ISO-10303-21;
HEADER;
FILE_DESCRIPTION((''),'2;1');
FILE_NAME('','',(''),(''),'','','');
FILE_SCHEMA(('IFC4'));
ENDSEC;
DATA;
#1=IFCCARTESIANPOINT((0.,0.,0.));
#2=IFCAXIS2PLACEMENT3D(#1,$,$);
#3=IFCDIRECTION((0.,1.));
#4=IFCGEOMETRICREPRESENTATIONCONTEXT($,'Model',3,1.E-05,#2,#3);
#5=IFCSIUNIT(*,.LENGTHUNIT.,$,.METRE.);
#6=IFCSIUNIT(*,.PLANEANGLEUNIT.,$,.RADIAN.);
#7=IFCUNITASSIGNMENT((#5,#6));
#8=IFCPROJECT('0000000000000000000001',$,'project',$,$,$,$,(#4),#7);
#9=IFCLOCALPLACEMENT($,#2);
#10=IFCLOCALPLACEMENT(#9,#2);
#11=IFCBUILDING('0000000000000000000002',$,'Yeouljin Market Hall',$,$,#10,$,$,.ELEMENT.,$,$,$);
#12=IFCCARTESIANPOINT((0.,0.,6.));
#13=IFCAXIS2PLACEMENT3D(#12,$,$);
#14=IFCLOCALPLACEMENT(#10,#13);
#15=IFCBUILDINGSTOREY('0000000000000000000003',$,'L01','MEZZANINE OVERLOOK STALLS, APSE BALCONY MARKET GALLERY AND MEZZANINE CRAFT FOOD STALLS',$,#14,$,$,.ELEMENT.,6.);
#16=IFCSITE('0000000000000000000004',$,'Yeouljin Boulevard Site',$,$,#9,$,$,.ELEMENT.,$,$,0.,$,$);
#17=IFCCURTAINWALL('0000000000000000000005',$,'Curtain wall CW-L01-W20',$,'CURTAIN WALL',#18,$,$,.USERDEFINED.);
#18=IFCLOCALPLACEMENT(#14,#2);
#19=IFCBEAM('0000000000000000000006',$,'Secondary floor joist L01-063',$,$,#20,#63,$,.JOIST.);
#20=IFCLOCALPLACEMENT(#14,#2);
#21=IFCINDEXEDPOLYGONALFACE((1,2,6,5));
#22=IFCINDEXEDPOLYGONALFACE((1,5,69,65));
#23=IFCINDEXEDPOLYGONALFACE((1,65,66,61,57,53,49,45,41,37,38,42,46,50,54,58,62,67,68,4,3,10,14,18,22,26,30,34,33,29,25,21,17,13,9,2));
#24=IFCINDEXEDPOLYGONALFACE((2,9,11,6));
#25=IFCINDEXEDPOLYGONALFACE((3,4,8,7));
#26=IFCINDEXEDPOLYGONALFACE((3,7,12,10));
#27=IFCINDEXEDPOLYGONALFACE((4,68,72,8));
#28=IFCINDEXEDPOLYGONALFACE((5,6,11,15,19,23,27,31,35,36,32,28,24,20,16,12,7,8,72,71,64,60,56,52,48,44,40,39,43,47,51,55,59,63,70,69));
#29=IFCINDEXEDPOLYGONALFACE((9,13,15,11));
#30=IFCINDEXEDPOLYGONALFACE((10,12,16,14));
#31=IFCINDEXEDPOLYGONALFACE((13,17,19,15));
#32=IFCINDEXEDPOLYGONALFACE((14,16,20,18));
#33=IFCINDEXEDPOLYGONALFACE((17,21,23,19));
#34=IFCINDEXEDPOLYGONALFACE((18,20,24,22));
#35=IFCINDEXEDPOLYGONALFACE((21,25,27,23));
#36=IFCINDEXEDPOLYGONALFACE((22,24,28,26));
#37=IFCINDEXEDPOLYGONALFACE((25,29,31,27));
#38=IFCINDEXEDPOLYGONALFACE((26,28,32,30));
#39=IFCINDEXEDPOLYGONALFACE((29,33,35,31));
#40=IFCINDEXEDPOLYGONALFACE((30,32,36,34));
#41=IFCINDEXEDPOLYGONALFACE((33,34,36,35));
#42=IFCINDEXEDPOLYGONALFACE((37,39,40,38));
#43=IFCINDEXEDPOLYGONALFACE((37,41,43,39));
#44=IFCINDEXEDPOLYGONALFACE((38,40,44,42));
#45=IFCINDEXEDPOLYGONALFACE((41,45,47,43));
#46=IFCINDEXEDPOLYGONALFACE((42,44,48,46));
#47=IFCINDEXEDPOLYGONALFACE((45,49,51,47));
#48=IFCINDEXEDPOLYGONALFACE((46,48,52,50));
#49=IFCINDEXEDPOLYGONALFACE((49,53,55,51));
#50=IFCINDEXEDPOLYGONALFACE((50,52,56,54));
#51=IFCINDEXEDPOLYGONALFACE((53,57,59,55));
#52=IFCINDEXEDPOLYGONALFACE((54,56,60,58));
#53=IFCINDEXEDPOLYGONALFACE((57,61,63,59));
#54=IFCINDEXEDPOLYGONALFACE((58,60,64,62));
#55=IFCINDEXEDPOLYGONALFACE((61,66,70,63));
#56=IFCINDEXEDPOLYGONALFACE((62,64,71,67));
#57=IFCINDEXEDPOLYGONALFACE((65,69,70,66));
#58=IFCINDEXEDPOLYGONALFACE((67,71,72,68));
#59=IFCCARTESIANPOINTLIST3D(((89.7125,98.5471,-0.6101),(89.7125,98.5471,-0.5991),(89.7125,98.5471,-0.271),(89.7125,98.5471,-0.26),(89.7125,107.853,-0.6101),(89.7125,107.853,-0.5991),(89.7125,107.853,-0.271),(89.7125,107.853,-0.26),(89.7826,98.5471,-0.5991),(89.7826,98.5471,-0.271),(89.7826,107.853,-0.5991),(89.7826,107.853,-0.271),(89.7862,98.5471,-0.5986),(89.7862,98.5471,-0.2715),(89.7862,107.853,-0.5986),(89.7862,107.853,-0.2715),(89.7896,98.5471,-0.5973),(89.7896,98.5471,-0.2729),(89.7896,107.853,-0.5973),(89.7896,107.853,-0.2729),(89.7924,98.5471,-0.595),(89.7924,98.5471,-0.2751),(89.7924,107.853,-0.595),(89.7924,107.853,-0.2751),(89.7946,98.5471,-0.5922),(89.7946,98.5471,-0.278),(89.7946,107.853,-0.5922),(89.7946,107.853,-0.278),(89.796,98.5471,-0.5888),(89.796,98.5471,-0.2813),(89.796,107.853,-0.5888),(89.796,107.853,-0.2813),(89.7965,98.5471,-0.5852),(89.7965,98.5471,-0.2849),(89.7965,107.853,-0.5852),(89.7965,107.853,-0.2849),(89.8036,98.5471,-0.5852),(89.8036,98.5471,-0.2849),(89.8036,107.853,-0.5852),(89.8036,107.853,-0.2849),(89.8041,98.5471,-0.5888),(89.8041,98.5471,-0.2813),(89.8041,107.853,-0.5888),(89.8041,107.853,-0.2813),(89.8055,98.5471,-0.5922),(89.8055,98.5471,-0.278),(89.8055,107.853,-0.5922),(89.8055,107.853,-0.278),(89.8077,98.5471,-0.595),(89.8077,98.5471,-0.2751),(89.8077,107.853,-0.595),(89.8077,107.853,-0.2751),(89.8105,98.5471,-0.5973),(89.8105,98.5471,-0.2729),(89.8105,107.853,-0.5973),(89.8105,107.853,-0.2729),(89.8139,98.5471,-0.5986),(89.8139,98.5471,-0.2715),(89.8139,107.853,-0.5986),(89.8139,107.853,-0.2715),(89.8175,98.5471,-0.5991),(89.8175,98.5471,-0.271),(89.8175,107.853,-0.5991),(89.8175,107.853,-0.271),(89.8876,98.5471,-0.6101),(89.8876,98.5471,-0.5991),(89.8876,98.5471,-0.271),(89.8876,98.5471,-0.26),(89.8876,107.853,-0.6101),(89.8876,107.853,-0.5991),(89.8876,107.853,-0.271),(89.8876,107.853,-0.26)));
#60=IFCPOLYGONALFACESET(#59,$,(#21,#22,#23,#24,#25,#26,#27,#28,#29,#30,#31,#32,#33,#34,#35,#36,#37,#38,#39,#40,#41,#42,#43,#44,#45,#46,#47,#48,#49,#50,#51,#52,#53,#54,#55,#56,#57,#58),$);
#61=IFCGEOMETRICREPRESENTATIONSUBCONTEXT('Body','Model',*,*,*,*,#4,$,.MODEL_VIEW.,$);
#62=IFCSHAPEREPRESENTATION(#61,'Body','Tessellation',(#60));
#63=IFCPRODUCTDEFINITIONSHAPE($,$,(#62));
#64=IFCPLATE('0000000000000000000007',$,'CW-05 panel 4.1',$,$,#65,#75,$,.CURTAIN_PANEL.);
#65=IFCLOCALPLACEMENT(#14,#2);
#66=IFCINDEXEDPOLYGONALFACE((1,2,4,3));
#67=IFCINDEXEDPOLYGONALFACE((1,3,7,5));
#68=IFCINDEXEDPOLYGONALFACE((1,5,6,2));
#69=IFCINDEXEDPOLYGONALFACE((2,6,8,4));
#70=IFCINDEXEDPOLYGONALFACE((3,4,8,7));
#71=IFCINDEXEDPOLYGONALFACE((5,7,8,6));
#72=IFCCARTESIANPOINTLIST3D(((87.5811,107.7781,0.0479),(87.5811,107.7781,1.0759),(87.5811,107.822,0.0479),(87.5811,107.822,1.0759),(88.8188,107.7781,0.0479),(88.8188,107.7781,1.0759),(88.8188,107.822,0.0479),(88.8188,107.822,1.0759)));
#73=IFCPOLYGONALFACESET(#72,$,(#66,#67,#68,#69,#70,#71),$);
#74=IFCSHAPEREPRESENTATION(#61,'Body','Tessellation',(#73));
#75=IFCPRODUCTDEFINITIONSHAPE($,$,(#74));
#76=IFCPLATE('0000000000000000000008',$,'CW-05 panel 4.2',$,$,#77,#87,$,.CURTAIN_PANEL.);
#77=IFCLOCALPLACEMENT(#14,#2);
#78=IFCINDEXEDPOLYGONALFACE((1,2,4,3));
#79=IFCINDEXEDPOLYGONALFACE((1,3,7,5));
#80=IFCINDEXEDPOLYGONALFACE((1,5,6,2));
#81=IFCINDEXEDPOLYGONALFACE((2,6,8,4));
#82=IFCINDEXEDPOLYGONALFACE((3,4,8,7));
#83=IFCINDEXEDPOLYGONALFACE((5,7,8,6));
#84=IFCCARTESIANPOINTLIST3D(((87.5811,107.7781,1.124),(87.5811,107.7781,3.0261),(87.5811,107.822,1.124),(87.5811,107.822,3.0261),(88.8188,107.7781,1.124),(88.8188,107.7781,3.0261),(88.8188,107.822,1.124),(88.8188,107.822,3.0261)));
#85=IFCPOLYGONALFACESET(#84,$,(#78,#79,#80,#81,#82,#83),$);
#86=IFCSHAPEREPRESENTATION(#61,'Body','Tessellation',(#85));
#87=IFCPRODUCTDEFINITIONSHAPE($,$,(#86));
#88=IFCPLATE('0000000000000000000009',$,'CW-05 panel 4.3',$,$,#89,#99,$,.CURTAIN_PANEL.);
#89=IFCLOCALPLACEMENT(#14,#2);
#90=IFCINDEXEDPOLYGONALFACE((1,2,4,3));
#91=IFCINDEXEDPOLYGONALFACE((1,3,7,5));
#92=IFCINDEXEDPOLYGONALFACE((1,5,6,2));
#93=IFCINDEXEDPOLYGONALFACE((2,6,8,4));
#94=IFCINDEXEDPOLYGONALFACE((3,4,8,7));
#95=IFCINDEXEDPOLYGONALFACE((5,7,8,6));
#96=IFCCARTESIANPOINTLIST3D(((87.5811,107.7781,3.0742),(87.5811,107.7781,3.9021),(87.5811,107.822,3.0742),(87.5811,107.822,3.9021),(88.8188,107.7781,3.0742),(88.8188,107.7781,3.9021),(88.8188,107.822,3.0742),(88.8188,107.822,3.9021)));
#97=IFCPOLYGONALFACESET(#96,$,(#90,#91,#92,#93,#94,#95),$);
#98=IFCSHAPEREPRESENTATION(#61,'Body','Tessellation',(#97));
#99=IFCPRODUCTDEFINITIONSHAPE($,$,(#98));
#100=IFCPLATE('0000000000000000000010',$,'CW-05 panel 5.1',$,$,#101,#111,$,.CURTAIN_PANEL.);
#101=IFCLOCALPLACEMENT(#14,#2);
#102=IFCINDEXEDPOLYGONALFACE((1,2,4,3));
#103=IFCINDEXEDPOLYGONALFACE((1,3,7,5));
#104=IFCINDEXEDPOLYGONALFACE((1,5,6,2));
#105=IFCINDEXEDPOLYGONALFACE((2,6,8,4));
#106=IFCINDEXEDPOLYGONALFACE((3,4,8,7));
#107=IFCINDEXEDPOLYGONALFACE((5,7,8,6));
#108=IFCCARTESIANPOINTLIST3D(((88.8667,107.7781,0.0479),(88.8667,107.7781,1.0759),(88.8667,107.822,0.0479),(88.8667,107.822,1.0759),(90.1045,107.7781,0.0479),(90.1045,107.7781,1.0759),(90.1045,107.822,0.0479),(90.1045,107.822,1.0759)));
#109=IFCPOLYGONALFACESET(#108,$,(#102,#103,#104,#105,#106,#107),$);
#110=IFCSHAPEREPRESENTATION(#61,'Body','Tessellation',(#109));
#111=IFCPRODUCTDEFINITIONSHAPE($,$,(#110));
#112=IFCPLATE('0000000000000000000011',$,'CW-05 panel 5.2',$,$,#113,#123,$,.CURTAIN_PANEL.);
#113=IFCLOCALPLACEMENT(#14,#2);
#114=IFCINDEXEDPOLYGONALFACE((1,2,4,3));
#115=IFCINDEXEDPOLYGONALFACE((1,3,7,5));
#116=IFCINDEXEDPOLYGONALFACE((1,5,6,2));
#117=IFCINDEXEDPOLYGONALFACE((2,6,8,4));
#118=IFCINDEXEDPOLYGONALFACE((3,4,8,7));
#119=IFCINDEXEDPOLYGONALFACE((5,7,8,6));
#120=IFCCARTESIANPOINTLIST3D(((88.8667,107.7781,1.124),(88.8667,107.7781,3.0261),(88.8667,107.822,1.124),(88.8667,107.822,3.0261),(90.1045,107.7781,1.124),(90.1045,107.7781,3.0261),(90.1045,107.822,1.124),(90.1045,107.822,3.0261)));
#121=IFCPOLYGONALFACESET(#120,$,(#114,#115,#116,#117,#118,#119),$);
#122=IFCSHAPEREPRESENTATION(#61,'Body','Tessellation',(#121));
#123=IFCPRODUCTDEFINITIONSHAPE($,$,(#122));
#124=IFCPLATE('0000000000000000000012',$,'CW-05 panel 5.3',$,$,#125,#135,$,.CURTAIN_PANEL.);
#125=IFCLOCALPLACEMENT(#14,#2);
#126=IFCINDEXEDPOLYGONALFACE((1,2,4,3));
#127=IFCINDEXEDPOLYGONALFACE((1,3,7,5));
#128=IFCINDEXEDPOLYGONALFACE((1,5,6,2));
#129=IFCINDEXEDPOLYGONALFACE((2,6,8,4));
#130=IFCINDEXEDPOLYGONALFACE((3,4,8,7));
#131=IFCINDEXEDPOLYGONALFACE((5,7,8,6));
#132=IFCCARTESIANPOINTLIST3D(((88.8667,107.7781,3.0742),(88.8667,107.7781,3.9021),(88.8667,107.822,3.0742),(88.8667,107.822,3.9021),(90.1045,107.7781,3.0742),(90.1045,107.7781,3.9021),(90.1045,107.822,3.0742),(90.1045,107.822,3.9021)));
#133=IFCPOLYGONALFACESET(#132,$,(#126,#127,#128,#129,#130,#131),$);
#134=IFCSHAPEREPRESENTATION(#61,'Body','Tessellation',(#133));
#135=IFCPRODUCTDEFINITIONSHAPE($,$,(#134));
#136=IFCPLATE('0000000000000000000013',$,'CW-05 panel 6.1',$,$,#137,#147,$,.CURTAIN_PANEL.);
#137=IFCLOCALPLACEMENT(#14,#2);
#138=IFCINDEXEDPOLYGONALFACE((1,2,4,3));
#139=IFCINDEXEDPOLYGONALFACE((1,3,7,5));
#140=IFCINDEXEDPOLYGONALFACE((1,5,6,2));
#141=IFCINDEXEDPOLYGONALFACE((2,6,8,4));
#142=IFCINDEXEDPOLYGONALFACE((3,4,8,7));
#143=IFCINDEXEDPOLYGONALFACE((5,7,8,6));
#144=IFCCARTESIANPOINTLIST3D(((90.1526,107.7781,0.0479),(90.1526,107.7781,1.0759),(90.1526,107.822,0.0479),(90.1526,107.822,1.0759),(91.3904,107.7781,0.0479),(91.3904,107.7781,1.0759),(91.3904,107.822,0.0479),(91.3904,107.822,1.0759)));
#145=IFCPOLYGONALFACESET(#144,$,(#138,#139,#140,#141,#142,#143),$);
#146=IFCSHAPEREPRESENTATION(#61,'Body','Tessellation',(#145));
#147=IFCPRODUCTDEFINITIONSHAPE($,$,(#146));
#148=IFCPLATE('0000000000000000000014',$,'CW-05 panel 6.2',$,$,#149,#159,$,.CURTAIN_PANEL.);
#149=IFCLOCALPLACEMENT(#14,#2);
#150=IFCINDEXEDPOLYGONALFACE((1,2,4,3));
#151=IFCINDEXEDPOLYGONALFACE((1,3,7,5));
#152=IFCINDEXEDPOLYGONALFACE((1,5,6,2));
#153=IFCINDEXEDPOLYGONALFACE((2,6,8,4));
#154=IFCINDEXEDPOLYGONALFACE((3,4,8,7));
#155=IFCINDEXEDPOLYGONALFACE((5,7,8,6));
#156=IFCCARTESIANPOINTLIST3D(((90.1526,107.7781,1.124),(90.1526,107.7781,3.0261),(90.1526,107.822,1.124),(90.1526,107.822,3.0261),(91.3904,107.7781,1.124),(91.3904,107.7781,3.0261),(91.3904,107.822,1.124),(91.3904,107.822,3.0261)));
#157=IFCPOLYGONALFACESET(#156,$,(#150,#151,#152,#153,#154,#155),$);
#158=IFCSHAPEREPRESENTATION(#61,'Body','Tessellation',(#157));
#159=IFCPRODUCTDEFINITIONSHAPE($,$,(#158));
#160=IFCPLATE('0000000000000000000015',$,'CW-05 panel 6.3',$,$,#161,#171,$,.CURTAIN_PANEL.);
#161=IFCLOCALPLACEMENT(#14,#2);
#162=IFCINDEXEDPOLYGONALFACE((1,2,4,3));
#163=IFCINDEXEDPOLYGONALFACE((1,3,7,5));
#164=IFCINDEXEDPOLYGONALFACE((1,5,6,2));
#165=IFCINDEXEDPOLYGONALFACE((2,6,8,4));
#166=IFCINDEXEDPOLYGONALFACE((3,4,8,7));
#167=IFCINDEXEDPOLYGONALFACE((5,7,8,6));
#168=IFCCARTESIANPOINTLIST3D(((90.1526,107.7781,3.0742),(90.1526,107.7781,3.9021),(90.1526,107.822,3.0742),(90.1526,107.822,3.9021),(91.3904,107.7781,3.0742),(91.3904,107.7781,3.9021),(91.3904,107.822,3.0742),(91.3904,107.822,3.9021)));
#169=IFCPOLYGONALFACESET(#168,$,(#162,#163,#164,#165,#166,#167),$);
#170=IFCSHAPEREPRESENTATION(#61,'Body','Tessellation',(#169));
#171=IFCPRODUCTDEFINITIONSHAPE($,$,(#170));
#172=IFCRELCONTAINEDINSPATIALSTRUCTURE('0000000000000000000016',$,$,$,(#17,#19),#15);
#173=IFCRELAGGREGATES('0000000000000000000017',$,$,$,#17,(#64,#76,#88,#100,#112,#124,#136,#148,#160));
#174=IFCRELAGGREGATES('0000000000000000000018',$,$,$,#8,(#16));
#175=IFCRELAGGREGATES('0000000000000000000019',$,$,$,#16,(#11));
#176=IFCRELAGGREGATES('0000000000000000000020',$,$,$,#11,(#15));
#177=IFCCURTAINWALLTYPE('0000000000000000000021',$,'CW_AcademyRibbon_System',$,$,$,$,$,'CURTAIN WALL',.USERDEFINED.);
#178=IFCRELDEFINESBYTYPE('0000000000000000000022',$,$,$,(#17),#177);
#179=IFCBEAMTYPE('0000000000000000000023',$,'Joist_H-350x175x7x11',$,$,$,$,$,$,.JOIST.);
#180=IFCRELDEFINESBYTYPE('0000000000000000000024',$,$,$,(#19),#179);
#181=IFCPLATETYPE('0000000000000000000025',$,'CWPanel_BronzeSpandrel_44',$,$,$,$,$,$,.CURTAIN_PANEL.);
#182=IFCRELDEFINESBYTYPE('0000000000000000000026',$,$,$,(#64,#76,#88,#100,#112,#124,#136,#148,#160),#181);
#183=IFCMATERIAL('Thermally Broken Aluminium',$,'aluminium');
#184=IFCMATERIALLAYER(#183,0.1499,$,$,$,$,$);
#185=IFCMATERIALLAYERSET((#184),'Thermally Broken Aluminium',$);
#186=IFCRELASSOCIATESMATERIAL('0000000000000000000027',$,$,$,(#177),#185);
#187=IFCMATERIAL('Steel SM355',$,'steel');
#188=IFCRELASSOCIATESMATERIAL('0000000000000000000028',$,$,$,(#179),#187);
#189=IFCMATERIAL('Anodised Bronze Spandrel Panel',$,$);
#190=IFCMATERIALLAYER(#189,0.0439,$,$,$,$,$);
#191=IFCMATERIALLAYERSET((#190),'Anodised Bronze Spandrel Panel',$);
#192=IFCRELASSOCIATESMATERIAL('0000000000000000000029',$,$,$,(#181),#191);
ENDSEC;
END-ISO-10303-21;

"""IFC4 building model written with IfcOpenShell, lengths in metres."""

from ifc_helpers import new_model, si_unit, direction, frame, origin, origin_2d, place, context, subcontext, project, spatial, rectangle, i_section, extrude, material, layer, layer_set, material_profile, profile_set, type_object, element, aggregate, save


model = new_model("IFC4")

# Units and contexts
model_context = context("Model", 3, precision=1e-05, world=origin(), true_north=direction((0.0, 1.0)))
body_context = subcontext(model_context, "Body", "Model", "MODEL_VIEW")
ifc_project = project(units=[si_unit("LENGTHUNIT", "METRE"), si_unit("PLANEANGLEUNIT", "RADIAN")], contexts=[model_context])

# Site, building, storey
site_placement = place(None, origin())
site = spatial("IfcSite", under=ifc_project, at=site_placement, Name="Yeouljin Boulevard Site", CompositionType="ELEMENT", RefElevation=0.0)
building_placement = place(site_placement, origin())
building = spatial("IfcBuilding", under=site, at=building_placement, Name="Yeouljin Market Hall", CompositionType="ELEMENT")
storey_placement = place(building_placement, frame((0.0, 0.0, 6.0)))
storey = spatial("IfcBuildingStorey", under=building, at=storey_placement, Name="L01", Description="MEZZANINE OVERLOOK STALLS, APSE BALCONY MARKET GALLERY AND MEZZANINE CRAFT FOOD STALLS", CompositionType="ELEMENT", Elevation=6.0)

# Curtain wall
ifc_material_1 = material(Name="Thermally Broken Aluminium", Category="aluminium")
ifc_layer_1 = layer(ifc_material_1, 0.1499)
ifc_layer_set_1 = layer_set([ifc_layer_1], Name="Thermally Broken Aluminium")
curtain_wall_type = type_object("IfcCurtainWallType", Name="CW_AcademyRibbon_System", ElementType="CURTAIN WALL", PredefinedType="USERDEFINED", material=ifc_layer_set_1)
curtain_wall_placement = place(storey_placement, origin())
curtain_wall = element("IfcCurtainWall", 1, at=curtain_wall_placement, inside=storey, type_object=curtain_wall_type, Name="Curtain wall CW-L01-W20", ObjectType="CURTAIN WALL", PredefinedType="USERDEFINED")

# Beam
ifc_material_2 = material(Name="Steel SM355", Category="steel")
ifc_material_profile_1 = material_profile(ifc_material_2, i_section(OverallWidth=0.175, OverallDepth=0.3501, WebThickness=0.0071, FlangeThickness=0.011, FilletRadius=0.0139, at=origin_2d()), Name="H-350x175x7x11")
ifc_profile_set_1 = profile_set([ifc_material_profile_1], Name="Steel SM355")
beam_type = type_object("IfcBeamType", Name="Joist_H-350x175x7x11", PredefinedType="JOIST", material=ifc_profile_set_1)
beam_placement = place(storey_placement, frame((89.8, 98.5471, -0.4351), z_axis=(0.0, 1.0, 0.0), x_axis=(-1.0, 0.0, 0.0)))
element("IfcBeam", 2, at=beam_placement, inside=storey, type_object=beam_type, Name="Secondary floor joist L01-063", PredefinedType="JOIST", context=body_context, shape_type="SweptSolid", body=[
    extrude(i_section(OverallWidth=0.175, OverallDepth=0.3501, WebThickness=0.0071, FlangeThickness=0.011, FilletRadius=0.0139, at=origin_2d()), origin(), (0.0, 0.0, 1.0), 9.3059),
])

# Plates
ifc_material_3 = material(Name="Anodised Bronze Spandrel Panel")
ifc_layer_2 = layer(ifc_material_3, 0.0439)
ifc_layer_set_2 = layer_set([ifc_layer_2], Name="Anodised Bronze Spandrel Panel")
plate_type = type_object("IfcPlateType", Name="CWPanel_BronzeSpandrel_44", PredefinedType="CURTAIN_PANEL", material=ifc_layer_set_2)
plate_1_placement = place(storey_placement, frame((88.2, 107.8, 0.0479), z_axis=(0.0, 0.0, 1.0), x_axis=(1.0, 0.0, 0.0)))
plate_1 = element("IfcPlate", 3, at=plate_1_placement, type_object=plate_type, Name="CW-05 panel 4.1", PredefinedType="CURTAIN_PANEL", context=body_context, shape_type="SweptSolid", body=[
    extrude(rectangle(XDim=1.2378, YDim=0.0439, at=origin_2d()), origin(), (0.0, 0.0, 1.0), 1.0281),
])
plate_2_placement = place(storey_placement, frame((88.2, 107.8, 1.124), z_axis=(0.0, 0.0, 1.0), x_axis=(1.0, 0.0, 0.0)))
plate_2 = element("IfcPlate", 4, at=plate_2_placement, type_object=plate_type, Name="CW-05 panel 4.2", PredefinedType="CURTAIN_PANEL", context=body_context, shape_type="SweptSolid", body=[
    extrude(rectangle(XDim=1.2378, YDim=0.0439, at=origin_2d()), origin(), (0.0, 0.0, 1.0), 1.9021),
])
plate_3_placement = place(storey_placement, frame((88.2, 107.8, 3.0742), z_axis=(0.0, 0.0, 1.0), x_axis=(1.0, 0.0, 0.0)))
plate_3 = element("IfcPlate", 5, at=plate_3_placement, type_object=plate_type, Name="CW-05 panel 4.3", PredefinedType="CURTAIN_PANEL", context=body_context, shape_type="SweptSolid", body=[
    extrude(rectangle(XDim=1.2378, YDim=0.0439, at=origin_2d()), origin(), (0.0, 0.0, 1.0), 0.8279),
])
plate_4_placement = place(storey_placement, frame((89.4856, 107.8, 0.0479), z_axis=(0.0, 0.0, 1.0), x_axis=(1.0, 0.0, 0.0)))
plate_4 = element("IfcPlate", 6, at=plate_4_placement, type_object=plate_type, Name="CW-05 panel 5.1", PredefinedType="CURTAIN_PANEL", context=body_context, shape_type="SweptSolid", body=[
    extrude(rectangle(XDim=1.2378, YDim=0.0439, at=origin_2d()), origin(), (0.0, 0.0, 1.0), 1.0281),
])
plate_5_placement = place(storey_placement, frame((89.4856, 107.8, 1.124), z_axis=(0.0, 0.0, 1.0), x_axis=(1.0, 0.0, 0.0)))
plate_5 = element("IfcPlate", 7, at=plate_5_placement, type_object=plate_type, Name="CW-05 panel 5.2", PredefinedType="CURTAIN_PANEL", context=body_context, shape_type="SweptSolid", body=[
    extrude(rectangle(XDim=1.2378, YDim=0.0439, at=origin_2d()), origin(), (0.0, 0.0, 1.0), 1.9021),
])
plate_6_placement = place(storey_placement, frame((89.4856, 107.8, 3.0742), z_axis=(0.0, 0.0, 1.0), x_axis=(1.0, 0.0, 0.0)))
plate_6 = element("IfcPlate", 8, at=plate_6_placement, type_object=plate_type, Name="CW-05 panel 5.3", PredefinedType="CURTAIN_PANEL", context=body_context, shape_type="SweptSolid", body=[
    extrude(rectangle(XDim=1.2378, YDim=0.0439, at=origin_2d()), origin(), (0.0, 0.0, 1.0), 0.8279),
])
plate_7_placement = place(storey_placement, frame((90.7715, 107.8, 0.0479), z_axis=(0.0, 0.0, 1.0), x_axis=(1.0, 0.0, 0.0)))
plate_7 = element("IfcPlate", 9, at=plate_7_placement, type_object=plate_type, Name="CW-05 panel 6.1", PredefinedType="CURTAIN_PANEL", context=body_context, shape_type="SweptSolid", body=[
    extrude(rectangle(XDim=1.2378, YDim=0.0439, at=origin_2d()), origin(), (0.0, 0.0, 1.0), 1.0281),
])
plate_8_placement = place(storey_placement, frame((90.7715, 107.8, 1.124), z_axis=(0.0, 0.0, 1.0), x_axis=(1.0, 0.0, 0.0)))
plate_8 = element("IfcPlate", 10, at=plate_8_placement, type_object=plate_type, Name="CW-05 panel 6.2", PredefinedType="CURTAIN_PANEL", context=body_context, shape_type="SweptSolid", body=[
    extrude(rectangle(XDim=1.2378, YDim=0.0439, at=origin_2d()), origin(), (0.0, 0.0, 1.0), 1.9021),
])
plate_9_placement = place(storey_placement, frame((90.7715, 107.8, 3.0742), z_axis=(0.0, 0.0, 1.0), x_axis=(1.0, 0.0, 0.0)))
plate_9 = element("IfcPlate", 11, at=plate_9_placement, type_object=plate_type, Name="CW-05 panel 6.3", PredefinedType="CURTAIN_PANEL", context=body_context, shape_type="SweptSolid", body=[
    extrude(rectangle(XDim=1.2378, YDim=0.0439, at=origin_2d()), origin(), (0.0, 0.0, 1.0), 0.8279),
])
aggregate(curtain_wall, [plate_1, plate_2, plate_3, plate_4, plate_5, plate_6, plate_7, plate_8, plate_9])

save(model, "model.ifc")
